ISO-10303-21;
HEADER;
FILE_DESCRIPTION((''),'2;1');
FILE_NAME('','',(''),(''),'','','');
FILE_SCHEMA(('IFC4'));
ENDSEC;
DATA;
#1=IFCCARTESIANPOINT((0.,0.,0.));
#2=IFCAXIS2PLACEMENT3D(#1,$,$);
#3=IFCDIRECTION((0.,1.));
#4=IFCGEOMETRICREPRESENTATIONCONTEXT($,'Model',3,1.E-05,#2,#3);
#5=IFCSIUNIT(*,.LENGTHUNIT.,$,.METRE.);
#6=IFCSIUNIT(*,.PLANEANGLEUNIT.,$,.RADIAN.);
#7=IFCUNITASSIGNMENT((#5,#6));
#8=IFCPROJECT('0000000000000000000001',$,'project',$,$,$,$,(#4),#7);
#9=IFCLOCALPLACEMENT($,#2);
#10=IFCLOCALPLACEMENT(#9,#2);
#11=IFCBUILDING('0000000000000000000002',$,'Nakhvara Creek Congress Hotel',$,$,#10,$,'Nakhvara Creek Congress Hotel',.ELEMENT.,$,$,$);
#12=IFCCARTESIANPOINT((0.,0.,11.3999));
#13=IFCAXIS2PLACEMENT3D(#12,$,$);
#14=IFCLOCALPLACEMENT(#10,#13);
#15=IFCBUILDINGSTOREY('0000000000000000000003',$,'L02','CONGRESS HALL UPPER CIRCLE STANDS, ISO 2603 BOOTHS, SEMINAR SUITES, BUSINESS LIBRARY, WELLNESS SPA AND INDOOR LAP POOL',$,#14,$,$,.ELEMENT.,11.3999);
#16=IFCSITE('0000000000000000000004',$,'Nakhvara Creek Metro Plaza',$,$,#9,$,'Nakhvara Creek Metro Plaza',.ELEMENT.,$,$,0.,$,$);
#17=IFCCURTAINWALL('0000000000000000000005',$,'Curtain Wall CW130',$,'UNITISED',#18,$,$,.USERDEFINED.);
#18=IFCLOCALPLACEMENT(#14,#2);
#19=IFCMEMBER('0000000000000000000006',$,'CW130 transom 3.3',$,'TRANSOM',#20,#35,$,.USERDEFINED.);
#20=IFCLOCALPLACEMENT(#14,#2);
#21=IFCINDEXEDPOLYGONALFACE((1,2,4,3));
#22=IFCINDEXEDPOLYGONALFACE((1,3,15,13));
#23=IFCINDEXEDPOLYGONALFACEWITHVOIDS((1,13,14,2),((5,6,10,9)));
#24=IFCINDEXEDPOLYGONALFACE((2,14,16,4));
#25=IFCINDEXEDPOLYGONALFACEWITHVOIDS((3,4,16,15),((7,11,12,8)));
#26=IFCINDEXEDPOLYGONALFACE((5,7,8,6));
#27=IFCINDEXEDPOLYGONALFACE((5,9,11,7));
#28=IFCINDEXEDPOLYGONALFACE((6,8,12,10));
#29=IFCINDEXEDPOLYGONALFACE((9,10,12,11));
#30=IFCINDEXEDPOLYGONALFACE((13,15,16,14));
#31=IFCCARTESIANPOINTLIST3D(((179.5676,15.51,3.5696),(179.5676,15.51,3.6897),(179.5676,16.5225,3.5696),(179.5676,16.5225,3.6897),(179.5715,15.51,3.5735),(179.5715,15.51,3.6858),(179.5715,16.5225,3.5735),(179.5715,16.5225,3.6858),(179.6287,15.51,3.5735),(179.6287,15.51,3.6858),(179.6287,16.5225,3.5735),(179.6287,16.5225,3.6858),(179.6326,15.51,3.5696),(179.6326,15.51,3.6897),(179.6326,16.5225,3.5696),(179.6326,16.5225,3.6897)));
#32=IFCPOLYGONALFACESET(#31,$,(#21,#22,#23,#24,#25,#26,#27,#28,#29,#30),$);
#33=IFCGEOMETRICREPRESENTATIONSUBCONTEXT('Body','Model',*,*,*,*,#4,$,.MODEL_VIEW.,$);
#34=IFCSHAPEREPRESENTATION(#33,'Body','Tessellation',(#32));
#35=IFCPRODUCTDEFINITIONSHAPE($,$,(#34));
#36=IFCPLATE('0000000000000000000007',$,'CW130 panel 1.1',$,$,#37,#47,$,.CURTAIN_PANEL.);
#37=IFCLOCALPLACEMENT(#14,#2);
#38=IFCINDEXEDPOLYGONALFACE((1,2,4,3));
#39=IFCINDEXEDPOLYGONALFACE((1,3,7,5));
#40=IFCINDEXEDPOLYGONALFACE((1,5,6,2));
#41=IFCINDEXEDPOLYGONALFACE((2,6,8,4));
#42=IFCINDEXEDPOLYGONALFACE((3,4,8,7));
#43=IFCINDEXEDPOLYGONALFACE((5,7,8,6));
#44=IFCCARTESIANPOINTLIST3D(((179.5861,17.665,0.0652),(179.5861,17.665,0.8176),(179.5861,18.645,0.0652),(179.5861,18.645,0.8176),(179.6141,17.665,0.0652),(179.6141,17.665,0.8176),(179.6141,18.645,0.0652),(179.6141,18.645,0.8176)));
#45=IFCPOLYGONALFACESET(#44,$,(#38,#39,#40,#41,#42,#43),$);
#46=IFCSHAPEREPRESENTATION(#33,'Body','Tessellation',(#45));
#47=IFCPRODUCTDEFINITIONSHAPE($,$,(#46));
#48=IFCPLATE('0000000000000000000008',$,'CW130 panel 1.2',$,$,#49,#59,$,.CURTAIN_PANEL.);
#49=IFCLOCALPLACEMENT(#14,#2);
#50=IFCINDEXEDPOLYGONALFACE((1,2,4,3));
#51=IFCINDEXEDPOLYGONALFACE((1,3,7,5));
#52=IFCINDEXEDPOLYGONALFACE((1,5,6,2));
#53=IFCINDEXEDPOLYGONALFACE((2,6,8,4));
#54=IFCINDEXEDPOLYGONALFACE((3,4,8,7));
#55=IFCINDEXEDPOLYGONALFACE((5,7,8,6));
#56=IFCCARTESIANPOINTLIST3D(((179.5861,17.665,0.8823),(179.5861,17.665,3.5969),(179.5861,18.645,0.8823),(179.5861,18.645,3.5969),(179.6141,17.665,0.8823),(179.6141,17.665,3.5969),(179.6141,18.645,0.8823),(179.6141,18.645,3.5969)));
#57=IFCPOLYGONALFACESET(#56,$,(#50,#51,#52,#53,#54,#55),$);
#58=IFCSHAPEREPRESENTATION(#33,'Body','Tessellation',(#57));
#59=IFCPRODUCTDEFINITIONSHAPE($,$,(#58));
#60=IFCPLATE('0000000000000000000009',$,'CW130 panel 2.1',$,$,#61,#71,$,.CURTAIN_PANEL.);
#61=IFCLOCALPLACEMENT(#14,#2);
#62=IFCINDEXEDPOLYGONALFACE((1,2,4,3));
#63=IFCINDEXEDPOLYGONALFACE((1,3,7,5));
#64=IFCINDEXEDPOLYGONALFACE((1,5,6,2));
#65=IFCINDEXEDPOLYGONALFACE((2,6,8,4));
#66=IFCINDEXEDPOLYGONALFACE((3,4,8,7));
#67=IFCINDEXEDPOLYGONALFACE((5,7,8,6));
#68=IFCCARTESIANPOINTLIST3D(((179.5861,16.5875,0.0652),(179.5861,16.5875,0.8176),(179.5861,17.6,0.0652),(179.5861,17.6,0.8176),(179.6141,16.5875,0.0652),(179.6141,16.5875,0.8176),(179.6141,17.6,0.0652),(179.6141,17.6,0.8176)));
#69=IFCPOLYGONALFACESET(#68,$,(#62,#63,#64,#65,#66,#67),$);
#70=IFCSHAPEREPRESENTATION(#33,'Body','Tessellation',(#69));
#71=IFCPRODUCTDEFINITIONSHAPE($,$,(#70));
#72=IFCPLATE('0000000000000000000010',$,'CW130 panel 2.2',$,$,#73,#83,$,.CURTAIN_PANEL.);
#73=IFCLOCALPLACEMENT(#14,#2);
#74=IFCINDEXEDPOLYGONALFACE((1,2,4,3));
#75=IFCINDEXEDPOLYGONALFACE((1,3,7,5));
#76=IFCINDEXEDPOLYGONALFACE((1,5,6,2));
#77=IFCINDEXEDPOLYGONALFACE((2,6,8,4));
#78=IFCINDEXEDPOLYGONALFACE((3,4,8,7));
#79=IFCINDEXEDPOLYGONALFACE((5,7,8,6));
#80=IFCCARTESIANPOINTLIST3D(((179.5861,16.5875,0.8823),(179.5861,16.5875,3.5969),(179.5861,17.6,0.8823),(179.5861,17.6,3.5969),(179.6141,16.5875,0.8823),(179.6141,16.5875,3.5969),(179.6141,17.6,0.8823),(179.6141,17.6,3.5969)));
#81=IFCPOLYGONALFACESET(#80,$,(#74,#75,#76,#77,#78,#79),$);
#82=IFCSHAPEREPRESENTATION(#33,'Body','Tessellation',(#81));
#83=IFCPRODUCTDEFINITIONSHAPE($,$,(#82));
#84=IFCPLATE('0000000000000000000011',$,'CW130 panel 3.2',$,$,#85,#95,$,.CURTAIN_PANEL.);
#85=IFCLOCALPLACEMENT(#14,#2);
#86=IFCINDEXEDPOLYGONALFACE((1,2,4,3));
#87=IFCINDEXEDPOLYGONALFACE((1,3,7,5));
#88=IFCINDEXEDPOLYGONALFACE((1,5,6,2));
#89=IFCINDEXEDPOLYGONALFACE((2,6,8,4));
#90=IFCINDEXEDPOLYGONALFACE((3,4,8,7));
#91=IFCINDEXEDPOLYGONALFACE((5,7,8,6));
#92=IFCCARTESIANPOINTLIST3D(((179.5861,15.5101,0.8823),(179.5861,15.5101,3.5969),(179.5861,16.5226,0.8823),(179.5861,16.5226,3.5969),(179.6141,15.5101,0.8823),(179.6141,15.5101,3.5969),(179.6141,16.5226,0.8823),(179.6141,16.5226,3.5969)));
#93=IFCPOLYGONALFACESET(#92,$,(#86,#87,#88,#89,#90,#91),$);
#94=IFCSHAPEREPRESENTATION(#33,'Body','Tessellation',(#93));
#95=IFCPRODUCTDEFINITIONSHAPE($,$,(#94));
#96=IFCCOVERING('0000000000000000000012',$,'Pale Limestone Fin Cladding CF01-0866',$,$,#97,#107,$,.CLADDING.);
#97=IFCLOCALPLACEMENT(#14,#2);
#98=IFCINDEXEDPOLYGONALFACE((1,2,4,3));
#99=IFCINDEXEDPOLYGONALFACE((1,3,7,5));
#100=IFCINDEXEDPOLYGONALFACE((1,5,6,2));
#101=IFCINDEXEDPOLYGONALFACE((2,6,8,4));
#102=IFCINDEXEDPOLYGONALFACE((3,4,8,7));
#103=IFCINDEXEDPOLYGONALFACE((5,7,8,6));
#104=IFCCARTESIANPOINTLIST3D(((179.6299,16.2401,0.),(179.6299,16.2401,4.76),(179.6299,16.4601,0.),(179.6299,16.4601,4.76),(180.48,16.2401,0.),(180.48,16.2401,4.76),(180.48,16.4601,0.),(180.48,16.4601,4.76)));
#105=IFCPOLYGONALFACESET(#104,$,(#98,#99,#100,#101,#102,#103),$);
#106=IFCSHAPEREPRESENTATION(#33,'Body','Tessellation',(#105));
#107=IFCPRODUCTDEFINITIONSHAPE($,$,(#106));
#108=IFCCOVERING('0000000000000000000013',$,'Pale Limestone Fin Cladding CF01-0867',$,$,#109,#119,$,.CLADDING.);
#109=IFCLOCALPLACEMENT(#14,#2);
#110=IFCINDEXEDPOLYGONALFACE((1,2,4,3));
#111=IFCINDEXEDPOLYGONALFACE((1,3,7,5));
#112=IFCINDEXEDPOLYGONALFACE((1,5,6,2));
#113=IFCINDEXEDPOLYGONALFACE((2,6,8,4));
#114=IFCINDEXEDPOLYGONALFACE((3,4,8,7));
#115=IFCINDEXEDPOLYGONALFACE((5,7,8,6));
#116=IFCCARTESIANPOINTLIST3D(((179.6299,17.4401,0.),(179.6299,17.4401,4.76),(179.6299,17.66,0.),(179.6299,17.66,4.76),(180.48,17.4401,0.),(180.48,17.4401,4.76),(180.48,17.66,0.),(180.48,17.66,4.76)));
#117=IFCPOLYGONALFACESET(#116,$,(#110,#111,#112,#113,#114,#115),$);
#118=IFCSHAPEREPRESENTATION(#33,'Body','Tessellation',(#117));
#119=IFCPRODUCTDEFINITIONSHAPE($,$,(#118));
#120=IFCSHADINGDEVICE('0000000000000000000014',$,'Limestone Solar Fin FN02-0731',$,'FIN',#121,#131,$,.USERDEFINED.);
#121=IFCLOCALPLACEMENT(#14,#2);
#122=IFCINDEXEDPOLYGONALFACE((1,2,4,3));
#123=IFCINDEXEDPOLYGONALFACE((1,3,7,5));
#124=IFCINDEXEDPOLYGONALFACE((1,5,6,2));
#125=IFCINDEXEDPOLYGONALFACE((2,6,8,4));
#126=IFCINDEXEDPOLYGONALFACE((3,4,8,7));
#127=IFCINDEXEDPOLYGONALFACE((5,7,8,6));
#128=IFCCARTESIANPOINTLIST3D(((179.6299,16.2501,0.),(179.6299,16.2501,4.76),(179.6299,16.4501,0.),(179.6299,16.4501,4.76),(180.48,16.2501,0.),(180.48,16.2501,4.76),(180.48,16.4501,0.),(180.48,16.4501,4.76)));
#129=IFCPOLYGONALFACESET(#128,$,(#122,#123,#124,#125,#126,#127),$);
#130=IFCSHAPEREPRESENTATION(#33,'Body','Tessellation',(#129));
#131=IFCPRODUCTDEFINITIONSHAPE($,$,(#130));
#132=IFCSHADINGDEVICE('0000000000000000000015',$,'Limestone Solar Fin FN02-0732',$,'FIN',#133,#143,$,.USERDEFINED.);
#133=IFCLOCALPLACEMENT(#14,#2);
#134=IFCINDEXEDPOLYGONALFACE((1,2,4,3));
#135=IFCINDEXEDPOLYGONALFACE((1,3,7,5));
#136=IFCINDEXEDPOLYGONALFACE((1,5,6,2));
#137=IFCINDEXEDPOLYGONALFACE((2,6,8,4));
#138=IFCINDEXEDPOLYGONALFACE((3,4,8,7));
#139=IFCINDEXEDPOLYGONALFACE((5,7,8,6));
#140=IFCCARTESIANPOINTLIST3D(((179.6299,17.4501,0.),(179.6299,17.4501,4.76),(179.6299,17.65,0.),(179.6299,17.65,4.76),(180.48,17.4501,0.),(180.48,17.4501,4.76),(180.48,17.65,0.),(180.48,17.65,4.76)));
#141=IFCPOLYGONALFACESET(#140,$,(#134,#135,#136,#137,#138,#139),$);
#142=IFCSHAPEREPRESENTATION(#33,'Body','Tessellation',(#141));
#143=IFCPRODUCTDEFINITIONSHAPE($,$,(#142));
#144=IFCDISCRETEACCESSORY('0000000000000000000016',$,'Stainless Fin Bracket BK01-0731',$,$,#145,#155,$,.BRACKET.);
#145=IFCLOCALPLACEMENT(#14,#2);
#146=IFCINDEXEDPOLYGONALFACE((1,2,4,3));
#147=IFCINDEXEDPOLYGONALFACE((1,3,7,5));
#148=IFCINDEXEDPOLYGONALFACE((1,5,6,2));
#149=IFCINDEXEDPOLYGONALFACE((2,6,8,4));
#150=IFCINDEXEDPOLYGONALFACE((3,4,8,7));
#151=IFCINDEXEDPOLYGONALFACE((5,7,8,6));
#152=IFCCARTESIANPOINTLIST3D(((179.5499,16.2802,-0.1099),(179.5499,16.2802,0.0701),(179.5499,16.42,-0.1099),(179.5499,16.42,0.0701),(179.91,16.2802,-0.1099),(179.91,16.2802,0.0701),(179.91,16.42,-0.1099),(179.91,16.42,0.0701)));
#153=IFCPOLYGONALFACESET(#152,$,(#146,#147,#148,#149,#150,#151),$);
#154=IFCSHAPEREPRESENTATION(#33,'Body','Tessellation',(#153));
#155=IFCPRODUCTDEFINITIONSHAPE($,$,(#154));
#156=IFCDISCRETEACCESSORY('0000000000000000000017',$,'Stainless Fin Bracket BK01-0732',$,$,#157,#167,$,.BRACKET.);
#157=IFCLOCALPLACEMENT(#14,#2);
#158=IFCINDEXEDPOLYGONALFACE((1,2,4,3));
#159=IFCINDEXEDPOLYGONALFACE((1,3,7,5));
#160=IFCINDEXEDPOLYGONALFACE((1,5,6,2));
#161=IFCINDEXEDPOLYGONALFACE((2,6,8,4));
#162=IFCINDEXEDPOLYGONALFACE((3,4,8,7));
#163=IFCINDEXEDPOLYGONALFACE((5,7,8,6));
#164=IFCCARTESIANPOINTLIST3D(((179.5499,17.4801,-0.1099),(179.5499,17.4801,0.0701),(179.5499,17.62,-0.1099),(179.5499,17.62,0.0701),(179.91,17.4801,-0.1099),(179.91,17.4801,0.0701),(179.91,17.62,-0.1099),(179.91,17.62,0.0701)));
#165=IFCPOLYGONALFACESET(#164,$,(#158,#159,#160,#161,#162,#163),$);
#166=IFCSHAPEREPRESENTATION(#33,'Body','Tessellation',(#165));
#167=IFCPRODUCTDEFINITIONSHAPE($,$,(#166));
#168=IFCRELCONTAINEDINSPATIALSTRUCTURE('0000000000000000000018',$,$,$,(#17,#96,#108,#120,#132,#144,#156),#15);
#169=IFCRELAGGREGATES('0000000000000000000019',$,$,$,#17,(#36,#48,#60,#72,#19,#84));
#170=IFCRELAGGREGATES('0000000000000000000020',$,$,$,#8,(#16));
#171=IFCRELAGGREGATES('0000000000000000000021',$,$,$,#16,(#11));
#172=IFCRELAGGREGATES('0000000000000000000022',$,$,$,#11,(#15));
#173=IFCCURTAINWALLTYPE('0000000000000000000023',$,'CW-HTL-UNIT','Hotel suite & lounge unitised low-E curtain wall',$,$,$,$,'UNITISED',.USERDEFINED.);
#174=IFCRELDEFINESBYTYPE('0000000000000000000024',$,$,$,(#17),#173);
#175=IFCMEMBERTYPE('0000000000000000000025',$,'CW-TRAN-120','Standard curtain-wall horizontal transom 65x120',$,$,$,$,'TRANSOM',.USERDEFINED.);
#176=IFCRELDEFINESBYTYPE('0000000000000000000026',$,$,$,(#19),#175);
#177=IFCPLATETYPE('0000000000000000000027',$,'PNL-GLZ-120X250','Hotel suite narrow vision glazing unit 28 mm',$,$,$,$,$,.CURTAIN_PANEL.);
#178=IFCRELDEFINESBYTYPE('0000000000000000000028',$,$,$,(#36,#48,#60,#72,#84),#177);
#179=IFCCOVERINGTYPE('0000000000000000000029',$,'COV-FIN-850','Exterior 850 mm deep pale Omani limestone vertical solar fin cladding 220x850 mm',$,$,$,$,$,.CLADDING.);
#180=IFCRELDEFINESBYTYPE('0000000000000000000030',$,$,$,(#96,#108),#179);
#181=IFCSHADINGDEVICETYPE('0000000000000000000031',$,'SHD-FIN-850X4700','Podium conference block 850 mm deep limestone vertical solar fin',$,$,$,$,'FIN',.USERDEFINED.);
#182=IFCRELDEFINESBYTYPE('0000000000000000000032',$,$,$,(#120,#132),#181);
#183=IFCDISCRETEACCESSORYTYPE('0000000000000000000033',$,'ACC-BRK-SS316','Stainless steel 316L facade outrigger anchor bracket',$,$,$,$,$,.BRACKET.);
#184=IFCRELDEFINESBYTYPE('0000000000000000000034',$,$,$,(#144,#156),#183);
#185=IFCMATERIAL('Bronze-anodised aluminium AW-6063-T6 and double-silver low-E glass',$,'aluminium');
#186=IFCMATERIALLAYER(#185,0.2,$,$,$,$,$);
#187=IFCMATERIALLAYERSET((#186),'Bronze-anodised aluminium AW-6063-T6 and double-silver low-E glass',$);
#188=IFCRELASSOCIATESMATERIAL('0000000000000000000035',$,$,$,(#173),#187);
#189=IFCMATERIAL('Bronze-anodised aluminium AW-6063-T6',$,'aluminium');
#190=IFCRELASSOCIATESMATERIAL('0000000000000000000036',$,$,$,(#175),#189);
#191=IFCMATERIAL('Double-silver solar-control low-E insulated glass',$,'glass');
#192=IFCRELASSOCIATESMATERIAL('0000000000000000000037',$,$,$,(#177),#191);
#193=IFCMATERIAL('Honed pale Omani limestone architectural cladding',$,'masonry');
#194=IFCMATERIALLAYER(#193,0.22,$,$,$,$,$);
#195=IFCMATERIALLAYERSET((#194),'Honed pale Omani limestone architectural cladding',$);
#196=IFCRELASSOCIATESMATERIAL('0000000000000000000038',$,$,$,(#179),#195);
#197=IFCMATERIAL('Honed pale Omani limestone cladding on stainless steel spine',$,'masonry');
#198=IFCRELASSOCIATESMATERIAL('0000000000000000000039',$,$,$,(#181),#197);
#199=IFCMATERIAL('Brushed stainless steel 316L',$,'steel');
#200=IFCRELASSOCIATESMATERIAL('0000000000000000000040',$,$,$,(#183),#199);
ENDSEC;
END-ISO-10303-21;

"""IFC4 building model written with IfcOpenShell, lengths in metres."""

from ifc_helpers import new_model, si_unit, direction, frame, origin, origin_2d, place, context, subcontext, project, spatial, rectangle, hollow_rectangle, extrude, material, layer, layer_set, material_profile, profile_set, type_object, element, aggregate, save


model = new_model("IFC4")

# Units and contexts
model_context = context("Model", 3, precision=1e-05, world=origin(), true_north=direction((0.0, 1.0)))
body_context = subcontext(model_context, "Body", "Model", "MODEL_VIEW")
ifc_project = project(units=[si_unit("LENGTHUNIT", "METRE"), si_unit("PLANEANGLEUNIT", "RADIAN")], contexts=[model_context])

# Site, building, storey
site_placement = place(None, origin())
site = spatial("IfcSite", under=ifc_project, at=site_placement, Name="Nakhvara Creek Metro Plaza", LongName="Nakhvara Creek Metro Plaza", CompositionType="ELEMENT", RefElevation=0.0)
building_placement = place(site_placement, origin())
building = spatial("IfcBuilding", under=site, at=building_placement, Name="Nakhvara Creek Congress Hotel", LongName="Nakhvara Creek Congress Hotel", CompositionType="ELEMENT")
storey_placement = place(building_placement, frame((0.0, 0.0, 11.3999)))
storey = spatial("IfcBuildingStorey", under=building, at=storey_placement, Name="L02", Description="CONGRESS HALL UPPER CIRCLE STANDS, ISO 2603 BOOTHS, SEMINAR SUITES, BUSINESS LIBRARY, WELLNESS SPA AND INDOOR LAP POOL", CompositionType="ELEMENT", Elevation=11.3999)

# Curtain wall, member, plates
ifc_material_1 = material(Name="Bronze-anodised aluminium AW-6063-T6 and double-silver low-E glass", Category="aluminium")
ifc_layer_1 = layer(ifc_material_1, 0.2)
ifc_layer_set_1 = layer_set([ifc_layer_1], Name="Bronze-anodised aluminium AW-6063-T6 and double-silver low-E glass")
curtain_wall_type = type_object("IfcCurtainWallType", Name="CW-HTL-UNIT", Description="Hotel suite & lounge unitised low-E curtain wall", ElementType="UNITISED", PredefinedType="USERDEFINED", material=ifc_layer_set_1)
curtain_wall_placement = place(storey_placement, origin())
curtain_wall = element("IfcCurtainWall", 1, at=curtain_wall_placement, inside=storey, type_object=curtain_wall_type, Name="Curtain Wall CW130", ObjectType="UNITISED", PredefinedType="USERDEFINED")
ifc_material_2 = material(Name="Bronze-anodised aluminium AW-6063-T6", Category="aluminium")
ifc_material_profile_1 = material_profile(ifc_material_2, hollow_rectangle(XDim=0.0649, YDim=0.1201, WallThickness=0.0039, at=origin_2d()), Name="ALU-TRAN 65x120x4", Category="LoadBearing")
ifc_profile_set_1 = profile_set([ifc_material_profile_1], Name="Bronze-anodised aluminium AW-6063-T6")
member_type_1 = type_object("IfcMemberType", Name="CW-TRAN-120", Description="Standard curtain-wall horizontal transom 65x120", ElementType="TRANSOM", PredefinedType="USERDEFINED", material=ifc_profile_set_1)
member_1_placement = place(storey_placement, frame((179.6001, 16.5225, 3.6296), z_axis=(0.0, -1.0, 0.0), x_axis=(1.0, 0.0, 0.0)))
member_1 = element("IfcMember", 2, at=member_1_placement, type_object=member_type_1, Name="CW130 transom 3.3", ObjectType="TRANSOM", PredefinedType="USERDEFINED", context=body_context, shape_type="SweptSolid", body=[
    extrude(hollow_rectangle(XDim=0.0649, YDim=0.1201, WallThickness=0.0039, at=origin_2d()), origin(), (0.0, 0.0, 1.0), 1.0125),
])
ifc_material_3 = material(Name="Double-silver solar-control low-E insulated glass", Category="glass")
plate_type = type_object("IfcPlateType", Name="PNL-GLZ-120X250", Description="Hotel suite narrow vision glazing unit 28 mm", PredefinedType="CURTAIN_PANEL", material=ifc_material_3)
plate_1_placement = place(storey_placement, frame((179.6001, 18.155, 0.0652), z_axis=(0.0, 0.0, 1.0), x_axis=(0.0, -1.0, 0.0)))
plate_1 = element("IfcPlate", 3, at=plate_1_placement, type_object=plate_type, Name="CW130 panel 1.1", PredefinedType="CURTAIN_PANEL", context=body_context, shape_type="SweptSolid", body=[
    extrude(rectangle(XDim=0.98, YDim=0.0281, at=origin_2d()), origin(), (0.0, 0.0, 1.0), 0.7524),
])
plate_2_placement = place(storey_placement, frame((179.6001, 18.155, 0.8823), z_axis=(0.0, 0.0, 1.0), x_axis=(0.0, -1.0, 0.0)))
plate_2 = element("IfcPlate", 4, at=plate_2_placement, type_object=plate_type, Name="CW130 panel 1.2", PredefinedType="CURTAIN_PANEL", context=body_context, shape_type="SweptSolid", body=[
    extrude(rectangle(XDim=0.98, YDim=0.0281, at=origin_2d()), origin(), (0.0, 0.0, 1.0), 2.7146),
])
plate_3_placement = place(storey_placement, frame((179.6001, 17.0938, 0.0652), z_axis=(0.0, 0.0, 1.0), x_axis=(0.0, -1.0, 0.0)))
plate_3 = element("IfcPlate", 5, at=plate_3_placement, type_object=plate_type, Name="CW130 panel 2.1", PredefinedType="CURTAIN_PANEL", context=body_context, shape_type="SweptSolid", body=[
    extrude(rectangle(XDim=1.0125, YDim=0.0281, at=origin_2d()), origin(), (0.0, 0.0, 1.0), 0.7524),
])
plate_4_placement = place(storey_placement, frame((179.6001, 17.0938, 0.8823), z_axis=(0.0, 0.0, 1.0), x_axis=(0.0, -1.0, 0.0)))
plate_4 = element("IfcPlate", 6, at=plate_4_placement, type_object=plate_type, Name="CW130 panel 2.2", PredefinedType="CURTAIN_PANEL", context=body_context, shape_type="SweptSolid", body=[
    extrude(rectangle(XDim=1.0125, YDim=0.0281, at=origin_2d()), origin(), (0.0, 0.0, 1.0), 2.7146),
])
plate_5_placement = place(storey_placement, frame((179.6001, 16.0164, 0.8823), z_axis=(0.0, 0.0, 1.0), x_axis=(0.0, -1.0, 0.0)))
plate_5 = element("IfcPlate", 7, at=plate_5_placement, type_object=plate_type, Name="CW130 panel 3.2", PredefinedType="CURTAIN_PANEL", context=body_context, shape_type="SweptSolid", body=[
    extrude(rectangle(XDim=1.0125, YDim=0.0281, at=origin_2d()), origin(), (0.0, 0.0, 1.0), 2.7146),
])
aggregate(curtain_wall, [plate_1, plate_2, plate_3, plate_4, member_1, plate_5])

# Coverings
ifc_material_4 = material(Name="Honed pale Omani limestone architectural cladding", Category="masonry")
ifc_layer_2 = layer(ifc_material_4, 0.22)
ifc_layer_set_2 = layer_set([ifc_layer_2], Name="Honed pale Omani limestone architectural cladding")
covering_type = type_object("IfcCoveringType", Name="COV-FIN-850", Description="Exterior 850 mm deep pale Omani limestone vertical solar fin cladding 220x850 mm", PredefinedType="CLADDING", material=ifc_layer_set_2)
for number, where, z_axis, x_axis, name in (
    (8, (180.0549, 16.3501, 0.0), (0.0, 0.0, 1.0), (0.0, 1.0, 0.0), "Pale Limestone Fin Cladding CF01-0866"),
    (9, (180.0549, 17.55, 0.0), (0.0, 0.0, 1.0), (0.0, 1.0, 0.0), "Pale Limestone Fin Cladding CF01-0867"),
):
    element("IfcCovering", number, at=place(storey_placement, frame(where, z_axis=z_axis, x_axis=x_axis)), inside=storey, type_object=covering_type, Name=name, PredefinedType="CLADDING", context=body_context, shape_type="SweptSolid", body=[
        extrude(rectangle(XDim=0.22, YDim=0.8501, at=origin_2d()), origin(), (0.0, 0.0, 1.0), 4.76),
    ])

# Shading devices
ifc_material_5 = material(Name="Honed pale Omani limestone cladding on stainless steel spine", Category="masonry")
shading_device_type = type_object("IfcShadingDeviceType", Name="SHD-FIN-850X4700", Description="Podium conference block 850 mm deep limestone vertical solar fin", ElementType="FIN", PredefinedType="USERDEFINED", material=ifc_material_5)
for number, where, z_axis, x_axis, name in (
    (10, (180.0549, 16.3501, 0.0), (0.0, 0.0, 1.0), (0.0, 1.0, 0.0), "Limestone Solar Fin FN02-0731"),
    (11, (180.0549, 17.55, 0.0), (0.0, 0.0, 1.0), (0.0, 1.0, 0.0), "Limestone Solar Fin FN02-0732"),
):
    element("IfcShadingDevice", number, at=place(storey_placement, frame(where, z_axis=z_axis, x_axis=x_axis)), inside=storey, type_object=shading_device_type, Name=name, ObjectType="FIN", PredefinedType="USERDEFINED", context=body_context, shape_type="SweptSolid", body=[
        extrude(rectangle(XDim=0.2, YDim=0.8501, at=origin_2d()), origin(), (0.0, 0.0, 1.0), 4.76),
    ])

# Discrete accessories
ifc_material_6 = material(Name="Brushed stainless steel 316L", Category="steel")
discrete_accessory_type = type_object("IfcDiscreteAccessoryType", Name="ACC-BRK-SS316", Description="Stainless steel 316L facade outrigger anchor bracket", PredefinedType="BRACKET", material=ifc_material_6)
for number, where, z_axis, x_axis, name in (
    (12, (179.73, 16.3501, -0.1099), (0.0, 0.0, 1.0), (0.0, 1.0, 0.0), "Stainless Fin Bracket BK01-0731"),
    (13, (179.73, 17.55, -0.1099), (0.0, 0.0, 1.0), (0.0, 1.0, 0.0), "Stainless Fin Bracket BK01-0732"),
):
    element("IfcDiscreteAccessory", number, at=place(storey_placement, frame(where, z_axis=z_axis, x_axis=x_axis)), inside=storey, type_object=discrete_accessory_type, Name=name, PredefinedType="BRACKET", context=body_context, shape_type="SweptSolid", body=[
        extrude(rectangle(XDim=0.1399, YDim=0.3601, at=origin_2d()), origin(), (0.0, 0.0, 1.0), 0.1799),
    ])

save(model, "model.ifc")
